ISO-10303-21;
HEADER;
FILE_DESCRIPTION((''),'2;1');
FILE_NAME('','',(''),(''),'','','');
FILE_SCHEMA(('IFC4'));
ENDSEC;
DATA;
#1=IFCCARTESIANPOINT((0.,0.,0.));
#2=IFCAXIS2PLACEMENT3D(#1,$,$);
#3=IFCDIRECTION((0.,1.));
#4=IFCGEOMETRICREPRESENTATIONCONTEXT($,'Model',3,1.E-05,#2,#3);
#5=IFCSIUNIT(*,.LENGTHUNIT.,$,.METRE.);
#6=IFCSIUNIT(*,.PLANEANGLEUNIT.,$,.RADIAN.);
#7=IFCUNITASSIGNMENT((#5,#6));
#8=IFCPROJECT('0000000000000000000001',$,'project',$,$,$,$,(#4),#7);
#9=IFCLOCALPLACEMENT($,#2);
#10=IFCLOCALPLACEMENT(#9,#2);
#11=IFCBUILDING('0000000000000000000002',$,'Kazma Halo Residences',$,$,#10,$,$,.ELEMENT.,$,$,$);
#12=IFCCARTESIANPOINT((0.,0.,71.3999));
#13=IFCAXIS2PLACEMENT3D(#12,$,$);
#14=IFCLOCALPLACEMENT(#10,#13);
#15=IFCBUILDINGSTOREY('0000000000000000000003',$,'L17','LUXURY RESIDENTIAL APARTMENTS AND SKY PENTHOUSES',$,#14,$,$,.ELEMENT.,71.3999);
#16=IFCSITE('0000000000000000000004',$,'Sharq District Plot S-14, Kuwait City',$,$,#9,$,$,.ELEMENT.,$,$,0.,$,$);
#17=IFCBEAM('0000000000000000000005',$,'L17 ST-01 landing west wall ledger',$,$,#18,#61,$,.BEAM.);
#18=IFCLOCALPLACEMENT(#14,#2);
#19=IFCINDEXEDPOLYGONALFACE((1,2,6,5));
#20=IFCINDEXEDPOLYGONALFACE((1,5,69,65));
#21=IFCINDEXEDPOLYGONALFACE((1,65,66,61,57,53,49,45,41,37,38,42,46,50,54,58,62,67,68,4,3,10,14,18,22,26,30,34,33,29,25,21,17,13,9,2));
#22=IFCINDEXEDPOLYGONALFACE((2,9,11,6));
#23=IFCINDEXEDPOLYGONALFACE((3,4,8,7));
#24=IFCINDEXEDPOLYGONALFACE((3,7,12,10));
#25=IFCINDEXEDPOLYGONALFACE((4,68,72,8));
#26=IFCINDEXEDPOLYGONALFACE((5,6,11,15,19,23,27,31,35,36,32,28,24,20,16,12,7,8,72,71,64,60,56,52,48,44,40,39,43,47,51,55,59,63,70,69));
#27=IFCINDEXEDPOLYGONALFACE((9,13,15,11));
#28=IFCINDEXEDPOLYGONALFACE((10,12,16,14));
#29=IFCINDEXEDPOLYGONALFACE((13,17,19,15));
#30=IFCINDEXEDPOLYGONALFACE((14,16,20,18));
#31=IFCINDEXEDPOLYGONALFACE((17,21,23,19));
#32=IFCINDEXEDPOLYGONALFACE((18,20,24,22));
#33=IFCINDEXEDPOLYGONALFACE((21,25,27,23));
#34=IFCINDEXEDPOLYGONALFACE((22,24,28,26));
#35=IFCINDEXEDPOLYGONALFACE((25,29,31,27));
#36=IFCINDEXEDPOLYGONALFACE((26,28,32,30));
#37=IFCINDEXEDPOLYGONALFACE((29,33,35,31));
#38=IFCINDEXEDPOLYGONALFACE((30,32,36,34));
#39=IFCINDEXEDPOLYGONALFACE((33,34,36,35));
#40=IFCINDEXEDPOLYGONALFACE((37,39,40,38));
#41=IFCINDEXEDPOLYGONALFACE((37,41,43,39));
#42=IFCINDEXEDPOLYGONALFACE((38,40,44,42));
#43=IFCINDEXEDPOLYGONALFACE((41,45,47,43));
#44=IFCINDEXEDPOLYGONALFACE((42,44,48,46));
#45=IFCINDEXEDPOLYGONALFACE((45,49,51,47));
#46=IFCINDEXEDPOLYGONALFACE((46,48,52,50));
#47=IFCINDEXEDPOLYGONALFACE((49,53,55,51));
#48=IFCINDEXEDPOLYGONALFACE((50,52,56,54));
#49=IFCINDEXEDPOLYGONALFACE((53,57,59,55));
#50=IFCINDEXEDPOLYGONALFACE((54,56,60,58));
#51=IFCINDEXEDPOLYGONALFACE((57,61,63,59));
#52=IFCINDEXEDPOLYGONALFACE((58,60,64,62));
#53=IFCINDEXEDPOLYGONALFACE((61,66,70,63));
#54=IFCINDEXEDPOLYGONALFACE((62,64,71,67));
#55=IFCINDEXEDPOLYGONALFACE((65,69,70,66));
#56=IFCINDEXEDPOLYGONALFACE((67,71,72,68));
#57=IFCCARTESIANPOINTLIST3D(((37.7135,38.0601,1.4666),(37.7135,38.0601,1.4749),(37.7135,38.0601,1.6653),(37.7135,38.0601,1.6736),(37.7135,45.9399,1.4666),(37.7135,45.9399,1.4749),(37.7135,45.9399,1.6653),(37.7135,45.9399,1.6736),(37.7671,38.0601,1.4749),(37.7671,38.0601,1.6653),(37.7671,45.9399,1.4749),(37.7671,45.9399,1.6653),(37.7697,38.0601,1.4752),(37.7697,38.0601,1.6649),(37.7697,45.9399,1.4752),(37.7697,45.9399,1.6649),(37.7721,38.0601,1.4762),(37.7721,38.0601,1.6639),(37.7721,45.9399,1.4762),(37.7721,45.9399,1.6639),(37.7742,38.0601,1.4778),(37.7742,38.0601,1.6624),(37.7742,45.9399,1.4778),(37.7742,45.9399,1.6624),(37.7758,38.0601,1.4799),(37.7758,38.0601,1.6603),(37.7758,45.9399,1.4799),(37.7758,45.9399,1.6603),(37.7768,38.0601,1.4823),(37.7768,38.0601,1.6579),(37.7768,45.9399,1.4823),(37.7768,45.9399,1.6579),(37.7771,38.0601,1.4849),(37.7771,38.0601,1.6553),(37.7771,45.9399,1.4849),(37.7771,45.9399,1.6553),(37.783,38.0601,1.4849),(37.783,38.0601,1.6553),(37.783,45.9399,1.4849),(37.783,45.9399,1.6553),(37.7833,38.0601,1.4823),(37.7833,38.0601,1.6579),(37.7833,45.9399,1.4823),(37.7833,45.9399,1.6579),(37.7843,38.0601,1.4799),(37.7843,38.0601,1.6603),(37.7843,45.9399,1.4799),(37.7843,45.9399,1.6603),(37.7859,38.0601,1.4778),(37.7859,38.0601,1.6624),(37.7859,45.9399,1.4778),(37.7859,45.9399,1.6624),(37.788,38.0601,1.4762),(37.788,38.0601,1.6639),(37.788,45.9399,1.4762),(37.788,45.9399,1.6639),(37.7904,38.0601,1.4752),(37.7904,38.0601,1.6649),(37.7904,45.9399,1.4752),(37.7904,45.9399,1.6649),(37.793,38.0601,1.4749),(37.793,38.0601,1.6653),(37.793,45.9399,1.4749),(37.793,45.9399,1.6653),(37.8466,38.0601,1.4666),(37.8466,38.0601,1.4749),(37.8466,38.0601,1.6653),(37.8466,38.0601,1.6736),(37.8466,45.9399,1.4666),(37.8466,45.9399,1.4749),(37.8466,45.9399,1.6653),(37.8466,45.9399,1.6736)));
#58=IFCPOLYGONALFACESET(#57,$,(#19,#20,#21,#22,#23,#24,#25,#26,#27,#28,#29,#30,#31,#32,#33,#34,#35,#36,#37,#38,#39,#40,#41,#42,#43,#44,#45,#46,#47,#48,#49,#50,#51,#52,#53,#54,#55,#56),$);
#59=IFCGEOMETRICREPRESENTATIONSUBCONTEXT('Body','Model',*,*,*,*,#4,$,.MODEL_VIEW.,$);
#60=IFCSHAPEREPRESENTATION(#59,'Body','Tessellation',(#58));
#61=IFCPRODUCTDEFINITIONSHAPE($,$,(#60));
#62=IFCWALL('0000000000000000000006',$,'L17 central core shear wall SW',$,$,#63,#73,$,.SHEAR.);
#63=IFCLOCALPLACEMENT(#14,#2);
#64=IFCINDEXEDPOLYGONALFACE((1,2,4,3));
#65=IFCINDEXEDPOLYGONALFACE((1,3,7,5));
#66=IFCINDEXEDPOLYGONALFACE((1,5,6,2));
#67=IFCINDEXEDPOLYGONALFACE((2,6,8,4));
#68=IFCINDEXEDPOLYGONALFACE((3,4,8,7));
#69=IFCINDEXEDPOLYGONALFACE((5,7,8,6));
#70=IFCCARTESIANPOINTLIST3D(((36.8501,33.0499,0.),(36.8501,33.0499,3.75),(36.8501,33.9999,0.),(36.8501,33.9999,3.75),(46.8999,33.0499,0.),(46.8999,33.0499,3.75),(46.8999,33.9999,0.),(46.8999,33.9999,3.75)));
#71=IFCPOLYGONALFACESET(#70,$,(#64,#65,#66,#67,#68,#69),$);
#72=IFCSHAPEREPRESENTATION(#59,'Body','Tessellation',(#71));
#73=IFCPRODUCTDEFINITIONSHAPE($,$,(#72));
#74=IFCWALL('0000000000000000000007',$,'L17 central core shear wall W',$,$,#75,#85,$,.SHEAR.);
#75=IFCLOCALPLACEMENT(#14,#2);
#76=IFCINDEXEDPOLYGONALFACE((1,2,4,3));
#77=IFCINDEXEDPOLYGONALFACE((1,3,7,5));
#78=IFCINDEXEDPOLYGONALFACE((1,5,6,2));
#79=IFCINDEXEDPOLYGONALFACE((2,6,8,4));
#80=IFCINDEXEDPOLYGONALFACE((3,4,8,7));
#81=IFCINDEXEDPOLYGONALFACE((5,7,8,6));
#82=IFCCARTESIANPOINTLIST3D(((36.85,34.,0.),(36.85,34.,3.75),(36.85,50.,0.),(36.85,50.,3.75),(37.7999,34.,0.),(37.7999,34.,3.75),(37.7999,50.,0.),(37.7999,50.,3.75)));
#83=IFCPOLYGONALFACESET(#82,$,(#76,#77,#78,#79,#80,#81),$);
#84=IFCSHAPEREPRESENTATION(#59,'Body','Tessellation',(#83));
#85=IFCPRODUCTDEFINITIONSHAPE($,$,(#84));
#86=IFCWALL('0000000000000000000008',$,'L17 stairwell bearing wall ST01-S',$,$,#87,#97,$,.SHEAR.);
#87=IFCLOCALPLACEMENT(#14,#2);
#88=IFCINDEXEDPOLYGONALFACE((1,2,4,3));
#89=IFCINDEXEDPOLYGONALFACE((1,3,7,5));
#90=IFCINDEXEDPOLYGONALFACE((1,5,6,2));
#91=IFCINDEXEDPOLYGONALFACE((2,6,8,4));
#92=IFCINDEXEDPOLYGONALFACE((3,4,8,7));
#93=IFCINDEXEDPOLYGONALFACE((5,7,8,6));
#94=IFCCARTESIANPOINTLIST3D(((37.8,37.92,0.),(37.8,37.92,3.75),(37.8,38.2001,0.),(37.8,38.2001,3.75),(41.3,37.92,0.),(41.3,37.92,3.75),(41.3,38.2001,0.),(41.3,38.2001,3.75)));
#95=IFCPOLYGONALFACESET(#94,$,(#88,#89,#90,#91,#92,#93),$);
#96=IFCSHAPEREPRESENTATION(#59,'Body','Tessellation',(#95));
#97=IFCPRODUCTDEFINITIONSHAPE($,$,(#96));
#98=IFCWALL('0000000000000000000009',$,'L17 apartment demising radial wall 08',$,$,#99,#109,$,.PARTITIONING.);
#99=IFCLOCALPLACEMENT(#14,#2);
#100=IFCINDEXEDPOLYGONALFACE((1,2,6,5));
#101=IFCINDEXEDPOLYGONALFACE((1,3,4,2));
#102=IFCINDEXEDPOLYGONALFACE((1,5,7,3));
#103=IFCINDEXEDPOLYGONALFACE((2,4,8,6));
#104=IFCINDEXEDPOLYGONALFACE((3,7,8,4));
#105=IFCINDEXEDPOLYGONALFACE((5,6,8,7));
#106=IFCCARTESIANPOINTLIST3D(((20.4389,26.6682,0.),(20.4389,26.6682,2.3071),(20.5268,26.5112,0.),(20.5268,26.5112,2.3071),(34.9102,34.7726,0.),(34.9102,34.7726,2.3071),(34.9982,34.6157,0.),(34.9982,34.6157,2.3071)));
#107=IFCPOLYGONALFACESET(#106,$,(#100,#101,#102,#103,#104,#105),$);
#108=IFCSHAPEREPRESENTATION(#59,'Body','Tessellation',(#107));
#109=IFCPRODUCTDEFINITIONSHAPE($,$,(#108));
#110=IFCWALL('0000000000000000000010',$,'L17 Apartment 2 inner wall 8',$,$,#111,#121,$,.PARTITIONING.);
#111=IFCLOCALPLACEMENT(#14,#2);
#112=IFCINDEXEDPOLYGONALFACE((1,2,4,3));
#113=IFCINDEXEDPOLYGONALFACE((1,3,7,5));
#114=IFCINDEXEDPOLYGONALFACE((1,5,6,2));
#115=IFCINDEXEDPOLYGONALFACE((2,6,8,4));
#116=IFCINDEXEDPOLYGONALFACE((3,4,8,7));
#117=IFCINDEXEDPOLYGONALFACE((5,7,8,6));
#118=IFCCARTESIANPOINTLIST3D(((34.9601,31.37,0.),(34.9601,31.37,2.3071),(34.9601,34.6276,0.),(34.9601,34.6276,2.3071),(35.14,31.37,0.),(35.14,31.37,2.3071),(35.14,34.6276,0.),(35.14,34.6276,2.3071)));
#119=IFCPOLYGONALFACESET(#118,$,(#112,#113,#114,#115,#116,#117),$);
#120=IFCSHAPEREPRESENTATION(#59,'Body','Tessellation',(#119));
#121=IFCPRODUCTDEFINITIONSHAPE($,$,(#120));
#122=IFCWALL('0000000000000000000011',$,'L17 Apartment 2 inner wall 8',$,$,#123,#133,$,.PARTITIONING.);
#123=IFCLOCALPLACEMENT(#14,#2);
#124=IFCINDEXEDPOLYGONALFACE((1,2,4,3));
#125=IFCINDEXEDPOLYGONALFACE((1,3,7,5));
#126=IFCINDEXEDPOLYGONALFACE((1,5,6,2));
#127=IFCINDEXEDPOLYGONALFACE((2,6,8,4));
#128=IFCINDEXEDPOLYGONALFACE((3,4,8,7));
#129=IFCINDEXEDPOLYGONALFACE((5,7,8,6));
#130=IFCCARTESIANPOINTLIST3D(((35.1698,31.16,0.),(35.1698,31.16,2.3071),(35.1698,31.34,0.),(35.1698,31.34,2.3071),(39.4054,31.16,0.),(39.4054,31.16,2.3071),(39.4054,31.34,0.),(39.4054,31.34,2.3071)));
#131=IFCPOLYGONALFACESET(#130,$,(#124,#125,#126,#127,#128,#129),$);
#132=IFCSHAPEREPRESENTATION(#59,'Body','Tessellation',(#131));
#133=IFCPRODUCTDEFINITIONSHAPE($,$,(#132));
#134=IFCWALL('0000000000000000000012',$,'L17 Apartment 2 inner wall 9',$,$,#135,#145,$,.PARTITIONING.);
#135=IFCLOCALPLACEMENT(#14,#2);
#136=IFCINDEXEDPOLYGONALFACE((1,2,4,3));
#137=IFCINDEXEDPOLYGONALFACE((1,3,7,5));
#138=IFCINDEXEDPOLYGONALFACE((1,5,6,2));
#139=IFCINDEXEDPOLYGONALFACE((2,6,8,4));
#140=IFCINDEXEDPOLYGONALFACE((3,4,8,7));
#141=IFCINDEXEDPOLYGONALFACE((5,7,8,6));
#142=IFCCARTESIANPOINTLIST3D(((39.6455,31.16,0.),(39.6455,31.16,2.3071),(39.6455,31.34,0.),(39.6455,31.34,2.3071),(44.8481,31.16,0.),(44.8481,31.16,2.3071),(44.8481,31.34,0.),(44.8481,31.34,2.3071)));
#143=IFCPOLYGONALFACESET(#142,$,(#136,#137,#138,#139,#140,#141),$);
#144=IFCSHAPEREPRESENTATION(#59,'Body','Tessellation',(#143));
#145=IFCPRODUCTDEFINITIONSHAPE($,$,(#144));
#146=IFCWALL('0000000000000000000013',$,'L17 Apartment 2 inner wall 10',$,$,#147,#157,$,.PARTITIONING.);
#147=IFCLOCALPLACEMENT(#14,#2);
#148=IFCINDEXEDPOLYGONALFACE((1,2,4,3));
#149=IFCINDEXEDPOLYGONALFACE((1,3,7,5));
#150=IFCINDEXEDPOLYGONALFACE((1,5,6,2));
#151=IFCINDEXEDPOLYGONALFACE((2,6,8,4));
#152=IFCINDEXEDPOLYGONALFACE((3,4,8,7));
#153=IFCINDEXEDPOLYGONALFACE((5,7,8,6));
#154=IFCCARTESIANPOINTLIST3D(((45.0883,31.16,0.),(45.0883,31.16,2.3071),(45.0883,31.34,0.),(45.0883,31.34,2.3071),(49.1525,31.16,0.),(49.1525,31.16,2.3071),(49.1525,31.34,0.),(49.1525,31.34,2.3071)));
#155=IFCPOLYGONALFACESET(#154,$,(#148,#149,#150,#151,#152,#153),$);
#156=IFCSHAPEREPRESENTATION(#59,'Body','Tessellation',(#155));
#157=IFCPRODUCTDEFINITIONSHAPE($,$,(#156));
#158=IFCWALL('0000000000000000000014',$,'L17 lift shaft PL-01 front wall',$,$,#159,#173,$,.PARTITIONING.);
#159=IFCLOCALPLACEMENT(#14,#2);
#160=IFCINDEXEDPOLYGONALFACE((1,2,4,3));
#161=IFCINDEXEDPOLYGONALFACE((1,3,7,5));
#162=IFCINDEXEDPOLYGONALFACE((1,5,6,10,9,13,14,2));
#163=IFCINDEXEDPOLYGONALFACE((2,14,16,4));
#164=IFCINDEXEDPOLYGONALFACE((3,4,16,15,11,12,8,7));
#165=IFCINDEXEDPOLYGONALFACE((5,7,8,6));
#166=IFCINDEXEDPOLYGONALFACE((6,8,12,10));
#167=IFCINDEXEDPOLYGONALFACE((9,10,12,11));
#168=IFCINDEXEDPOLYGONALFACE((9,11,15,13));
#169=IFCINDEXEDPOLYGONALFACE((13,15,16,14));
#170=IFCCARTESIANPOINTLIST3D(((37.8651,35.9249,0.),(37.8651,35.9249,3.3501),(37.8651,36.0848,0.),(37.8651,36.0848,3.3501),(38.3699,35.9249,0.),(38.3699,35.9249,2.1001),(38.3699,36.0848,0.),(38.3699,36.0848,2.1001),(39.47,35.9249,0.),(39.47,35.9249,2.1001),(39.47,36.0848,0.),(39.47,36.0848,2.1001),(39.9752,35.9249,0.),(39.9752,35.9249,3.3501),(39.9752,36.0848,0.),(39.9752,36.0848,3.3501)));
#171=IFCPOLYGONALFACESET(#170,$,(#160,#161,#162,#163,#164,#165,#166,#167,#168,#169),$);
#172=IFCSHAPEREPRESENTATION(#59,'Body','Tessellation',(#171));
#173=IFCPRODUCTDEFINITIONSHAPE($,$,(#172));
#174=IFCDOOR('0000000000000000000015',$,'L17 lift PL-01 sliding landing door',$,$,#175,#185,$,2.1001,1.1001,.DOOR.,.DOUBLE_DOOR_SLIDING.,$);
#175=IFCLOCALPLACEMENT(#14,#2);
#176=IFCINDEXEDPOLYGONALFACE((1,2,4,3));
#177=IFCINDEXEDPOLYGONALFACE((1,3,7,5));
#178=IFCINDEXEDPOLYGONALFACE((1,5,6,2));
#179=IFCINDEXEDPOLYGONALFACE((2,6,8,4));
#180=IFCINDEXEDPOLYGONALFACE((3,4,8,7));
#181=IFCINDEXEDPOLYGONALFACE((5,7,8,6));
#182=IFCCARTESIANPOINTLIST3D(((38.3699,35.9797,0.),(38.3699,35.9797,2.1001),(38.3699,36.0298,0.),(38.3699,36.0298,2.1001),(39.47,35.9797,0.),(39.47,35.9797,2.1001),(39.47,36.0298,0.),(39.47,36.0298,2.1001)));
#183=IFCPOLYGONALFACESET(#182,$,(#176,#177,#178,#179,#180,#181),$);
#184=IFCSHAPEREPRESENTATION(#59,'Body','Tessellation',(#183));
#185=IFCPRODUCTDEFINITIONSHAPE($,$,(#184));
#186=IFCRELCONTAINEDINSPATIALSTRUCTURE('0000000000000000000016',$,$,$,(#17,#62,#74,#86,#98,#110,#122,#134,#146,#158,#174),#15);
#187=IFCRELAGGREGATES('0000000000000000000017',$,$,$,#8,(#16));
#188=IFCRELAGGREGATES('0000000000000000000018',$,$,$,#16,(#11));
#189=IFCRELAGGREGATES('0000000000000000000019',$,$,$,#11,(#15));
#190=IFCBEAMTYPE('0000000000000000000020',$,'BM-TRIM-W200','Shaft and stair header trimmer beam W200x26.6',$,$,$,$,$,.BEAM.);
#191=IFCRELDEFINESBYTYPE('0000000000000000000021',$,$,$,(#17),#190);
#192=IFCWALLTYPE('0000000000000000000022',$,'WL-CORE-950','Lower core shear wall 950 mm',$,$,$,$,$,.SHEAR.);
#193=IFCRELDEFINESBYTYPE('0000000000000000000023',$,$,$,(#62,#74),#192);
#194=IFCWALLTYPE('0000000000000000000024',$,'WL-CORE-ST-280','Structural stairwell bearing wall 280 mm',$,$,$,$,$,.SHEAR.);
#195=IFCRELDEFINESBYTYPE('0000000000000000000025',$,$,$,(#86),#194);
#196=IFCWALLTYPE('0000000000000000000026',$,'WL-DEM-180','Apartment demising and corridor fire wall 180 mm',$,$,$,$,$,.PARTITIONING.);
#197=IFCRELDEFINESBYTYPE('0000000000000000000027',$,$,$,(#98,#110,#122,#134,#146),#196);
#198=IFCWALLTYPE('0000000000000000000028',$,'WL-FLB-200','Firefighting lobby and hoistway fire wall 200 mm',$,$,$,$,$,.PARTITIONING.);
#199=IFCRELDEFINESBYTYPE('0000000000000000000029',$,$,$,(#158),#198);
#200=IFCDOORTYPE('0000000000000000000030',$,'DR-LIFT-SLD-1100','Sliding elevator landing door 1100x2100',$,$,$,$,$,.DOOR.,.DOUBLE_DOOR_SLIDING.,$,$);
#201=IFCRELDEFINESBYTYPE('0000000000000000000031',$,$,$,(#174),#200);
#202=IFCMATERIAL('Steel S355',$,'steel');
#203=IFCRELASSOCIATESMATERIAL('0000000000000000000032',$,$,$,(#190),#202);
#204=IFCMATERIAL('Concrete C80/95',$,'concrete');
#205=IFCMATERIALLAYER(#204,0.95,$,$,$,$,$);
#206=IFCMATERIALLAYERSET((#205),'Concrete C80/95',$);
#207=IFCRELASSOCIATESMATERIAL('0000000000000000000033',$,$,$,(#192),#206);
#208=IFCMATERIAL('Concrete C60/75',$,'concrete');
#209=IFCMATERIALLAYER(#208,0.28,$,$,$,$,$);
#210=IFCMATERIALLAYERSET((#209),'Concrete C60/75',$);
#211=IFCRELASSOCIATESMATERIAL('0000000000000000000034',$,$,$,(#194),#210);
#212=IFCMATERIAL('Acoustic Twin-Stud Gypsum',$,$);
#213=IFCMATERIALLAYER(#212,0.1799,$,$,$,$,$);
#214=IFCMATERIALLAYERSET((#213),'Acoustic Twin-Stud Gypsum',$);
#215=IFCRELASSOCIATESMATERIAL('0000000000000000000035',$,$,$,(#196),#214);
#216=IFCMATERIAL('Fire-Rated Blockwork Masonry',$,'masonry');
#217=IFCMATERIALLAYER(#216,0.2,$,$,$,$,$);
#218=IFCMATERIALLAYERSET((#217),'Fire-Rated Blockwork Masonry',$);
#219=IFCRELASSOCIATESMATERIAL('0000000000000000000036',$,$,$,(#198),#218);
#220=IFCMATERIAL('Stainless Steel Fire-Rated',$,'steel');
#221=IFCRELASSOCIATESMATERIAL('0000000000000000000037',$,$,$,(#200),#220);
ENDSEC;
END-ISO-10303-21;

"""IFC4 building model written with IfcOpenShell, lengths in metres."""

from ifc_helpers import new_model, si_unit, direction, frame, frame_2d, origin, origin_2d, place, context, subcontext, project, spatial, rectangle, i_section, extrude, material, layer, layer_set, material_profile, profile_set, type_object, element, fill, save


model = new_model("IFC4")

# Units and contexts
model_context = context("Model", 3, precision=1e-05, world=origin(), true_north=direction((0.0, 1.0)))
body_context = subcontext(model_context, "Body", "Model", "MODEL_VIEW")
ifc_project = project(units=[si_unit("LENGTHUNIT", "METRE"), si_unit("PLANEANGLEUNIT", "RADIAN")], contexts=[model_context])

# Site, building, storey
site_placement = place(None, origin())
site = spatial("IfcSite", under=ifc_project, at=site_placement, Name="Sharq District Plot S-14, Kuwait City", CompositionType="ELEMENT", RefElevation=0.0)
building_placement = place(site_placement, origin())
building = spatial("IfcBuilding", under=site, at=building_placement, Name="Kazma Halo Residences", CompositionType="ELEMENT")
storey_placement = place(building_placement, frame((0.0, 0.0, 71.3999)))
storey = spatial("IfcBuildingStorey", under=building, at=storey_placement, Name="L17", Description="LUXURY RESIDENTIAL APARTMENTS AND SKY PENTHOUSES", CompositionType="ELEMENT", Elevation=71.3999)

# Beam
ifc_material_1 = material(Name="Steel S355", Category="steel")
ifc_material_profile_1 = material_profile(ifc_material_1, i_section(OverallWidth=0.1331, OverallDepth=0.207, WebThickness=0.0059, FlangeThickness=0.0083, FilletRadius=0.01, at=origin_2d()), Name="W200x26.6")
ifc_profile_set_1 = profile_set([ifc_material_profile_1], Name="Steel S355")
beam_type_1 = type_object("IfcBeamType", Name="BM-TRIM-W200", Description="Shaft and stair header trimmer beam W200x26.6", PredefinedType="BEAM", material=ifc_profile_set_1)
beam_1_placement = place(storey_placement, frame((37.78, 38.0601, 1.5701), z_axis=(0.0, 1.0, 0.0), x_axis=(-1.0, 0.0, 0.0)))
element("IfcBeam", 1, at=beam_1_placement, inside=storey, type_object=beam_type_1, Name="L17 ST-01 landing west wall ledger", PredefinedType="BEAM", context=body_context, shape_type="SweptSolid", body=[
    extrude(i_section(OverallWidth=0.1331, OverallDepth=0.207, WebThickness=0.0059, FlangeThickness=0.0083, FilletRadius=0.01, at=origin_2d()), origin(), (0.0, 0.0, 1.0), 7.8799),
])

# Walls
ifc_material_2 = material(Name="Concrete C80/95", Category="concrete")
ifc_layer_1 = layer(ifc_material_2, 0.95)
ifc_layer_set_1 = layer_set([ifc_layer_1], Name="Concrete C80/95")
wall_type_1 = type_object("IfcWallType", Name="WL-CORE-950", Description="Lower core shear wall 950 mm", PredefinedType="SHEAR", material=ifc_layer_set_1)
wall_1_placement = place(storey_placement, frame((36.8501, 33.5249, 0.0), z_axis=(0.0, 0.0, 1.0), x_axis=(1.0, 0.0, 0.0)))
element("IfcWall", 2, at=wall_1_placement, inside=storey, type_object=wall_type_1, Name="L17 central core shear wall SW", PredefinedType="SHEAR", context=body_context, shape_type="SweptSolid", body=[
    extrude(rectangle(XDim=10.0498, YDim=0.95, at=frame_2d((5.0249, 0.0))), origin(), (0.0, 0.0, 1.0), 3.75),
])
wall_2_placement = place(storey_placement, frame((37.325, 34.0, 0.0), z_axis=(0.0, 0.0, 1.0), x_axis=(0.0, 1.0, 0.0)))
element("IfcWall", 3, at=wall_2_placement, inside=storey, type_object=wall_type_1, Name="L17 central core shear wall W", PredefinedType="SHEAR", context=body_context, shape_type="SweptSolid", body=[
    extrude(rectangle(XDim=16.0, YDim=0.95, at=frame_2d((8.0, 0.0))), origin(), (0.0, 0.0, 1.0), 3.75),
])
ifc_material_3 = material(Name="Concrete C60/75", Category="concrete")
ifc_layer_2 = layer(ifc_material_3, 0.28)
ifc_layer_set_2 = layer_set([ifc_layer_2], Name="Concrete C60/75")
wall_type_2 = type_object("IfcWallType", Name="WL-CORE-ST-280", Description="Structural stairwell bearing wall 280 mm", PredefinedType="SHEAR", material=ifc_layer_set_2)
wall_3_placement = place(storey_placement, frame((37.8, 38.0601, 0.0), z_axis=(0.0, 0.0, 1.0), x_axis=(1.0, 0.0, 0.0)))
element("IfcWall", 4, at=wall_3_placement, inside=storey, type_object=wall_type_2, Name="L17 stairwell bearing wall ST01-S", PredefinedType="SHEAR", context=body_context, shape_type="SweptSolid", body=[
    extrude(rectangle(XDim=3.5, YDim=0.28, at=frame_2d((1.75, 0.0))), origin(), (0.0, 0.0, 1.0), 3.75),
])
ifc_material_4 = material(Name="Acoustic Twin-Stud Gypsum")
ifc_layer_3 = layer(ifc_material_4, 0.1799)
ifc_layer_set_3 = layer_set([ifc_layer_3], Name="Acoustic Twin-Stud Gypsum")
wall_type_3 = type_object("IfcWallType", Name="WL-DEM-180", Description="Apartment demising and corridor fire wall 180 mm", PredefinedType="PARTITIONING", material=ifc_layer_set_3)
wall_4_placement = place(storey_placement, frame((34.9541, 34.6941, 0.0), z_axis=(0.0, 0.0, 1.0), x_axis=(-0.872493, -0.488626, 0.0)))
element("IfcWall", 5, at=wall_4_placement, inside=storey, type_object=wall_type_3, Name="L17 apartment demising radial wall 08", PredefinedType="PARTITIONING", context=body_context, shape_type="SweptSolid", body=[
    extrude(rectangle(XDim=16.5862, YDim=0.1799, at=frame_2d((8.293, 0.0))), origin(), (0.0, 0.0, 1.0), 2.3071),
])
wall_5_placement = place(storey_placement, frame((35.05, 34.6277, 0.0), z_axis=(0.0, 0.0, 1.0), x_axis=(0.0, -1.0, 0.0)))
element("IfcWall", 6, at=wall_5_placement, inside=storey, type_object=wall_type_3, Name="L17 Apartment 2 inner wall 8", PredefinedType="PARTITIONING", context=body_context, shape_type="SweptSolid", body=[
    extrude(rectangle(XDim=3.2576, YDim=0.1799, at=frame_2d((1.6289, 0.0))), origin(), (0.0, 0.0, 1.0), 2.3071),
])
wall_6_placement = place(storey_placement, frame((35.1699, 31.25, 0.0), z_axis=(0.0, 0.0, 1.0), x_axis=(1.0, 0.0, 0.0)))
element("IfcWall", 7, at=wall_6_placement, inside=storey, type_object=wall_type_3, Name="L17 Apartment 2 inner wall 8", PredefinedType="PARTITIONING", context=body_context, shape_type="SweptSolid", body=[
    extrude(rectangle(XDim=4.2356, YDim=0.1799, at=frame_2d((2.1177, 0.0))), origin(), (0.0, 0.0, 1.0), 2.3071),
])
wall_7_placement = place(storey_placement, frame((39.6455, 31.25, 0.0), z_axis=(0.0, 0.0, 1.0), x_axis=(1.0, 0.0, 0.0)))
element("IfcWall", 8, at=wall_7_placement, inside=storey, type_object=wall_type_3, Name="L17 Apartment 2 inner wall 9", PredefinedType="PARTITIONING", context=body_context, shape_type="SweptSolid", body=[
    extrude(rectangle(XDim=5.2026, YDim=0.1799, at=frame_2d((2.6013, 0.0))), origin(), (0.0, 0.0, 1.0), 2.3071),
])
wall_8_placement = place(storey_placement, frame((45.0881, 31.25, 0.0), z_axis=(0.0, 0.0, 1.0), x_axis=(1.0, 0.0, 0.0)))
element("IfcWall", 9, at=wall_8_placement, inside=storey, type_object=wall_type_3, Name="L17 Apartment 2 inner wall 10", PredefinedType="PARTITIONING", context=body_context, shape_type="SweptSolid", body=[
    extrude(rectangle(XDim=4.0642, YDim=0.1799, at=frame_2d((2.0322, 0.0))), origin(), (0.0, 0.0, 1.0), 2.3071),
])

# Wall, opening, door
ifc_material_5 = material(Name="Fire-Rated Blockwork Masonry", Category="masonry")
ifc_layer_4 = layer(ifc_material_5, 0.2)
ifc_layer_set_4 = layer_set([ifc_layer_4], Name="Fire-Rated Blockwork Masonry")
wall_type_4 = type_object("IfcWallType", Name="WL-FLB-200", Description="Firefighting lobby and hoistway fire wall 200 mm", PredefinedType="PARTITIONING", material=ifc_layer_set_4)
wall_9_placement = place(storey_placement, frame((37.865, 36.0049, 0.0), z_axis=(0.0, 0.0, 1.0), x_axis=(1.0, 0.0, 0.0)))
wall_9 = element("IfcWall", 10, at=wall_9_placement, inside=storey, type_object=wall_type_4, Name="L17 lift shaft PL-01 front wall", PredefinedType="PARTITIONING", context=body_context, shape_type="SweptSolid", body=[
    extrude(rectangle(XDim=2.1101, YDim=0.1599, at=frame_2d((1.0552, 0.0))), origin(), (0.0, 0.0, 1.0), 3.3501),
])
opening_1_placement = place(wall_9_placement, frame((0.5049, 0.0, 0.0)))
opening_1 = element("IfcOpeningElement", 11, at=opening_1_placement, cuts=wall_9, PredefinedType="OPENING", context=body_context, shape_type="SweptSolid", body=[
    extrude(rectangle(XDim=1.1001, YDim=2.1001, at=frame_2d((0.55, 1.05))), frame((0.0, 0.0898, 0.0), z_axis=(0.0, -1.0, 0.0), x_axis=(1.0, 0.0, 0.0)), (0.0, 0.0, 1.0), 0.1799),
])
ifc_material_6 = material(Name="Stainless Steel Fire-Rated", Category="steel")
door_type_1 = type_object("IfcDoorType", Name="DR-LIFT-SLD-1100", Description="Sliding elevator landing door 1100x2100", OperationType="DOUBLE_DOOR_SLIDING", PredefinedType="DOOR", material=ifc_material_6)
door_1_placement = place(opening_1_placement, origin())
door_1 = element("IfcDoor", 12, at=door_1_placement, inside=storey, type_object=door_type_1, Name="L17 lift PL-01 sliding landing door", OperationType="DOUBLE_DOOR_SLIDING", OverallHeight=2.1001, OverallWidth=1.1001, PredefinedType="DOOR", context=body_context, shape_type="SweptSolid", body=[
    extrude(rectangle(XDim=1.1001, YDim=2.1001, at=frame_2d((0.55, 1.05))), frame((0.0, 0.0249, 0.0), z_axis=(0.0, -1.0, 0.0), x_axis=(1.0, 0.0, 0.0)), (0.0, 0.0, 1.0), 0.05),
])
fill(opening_1, door_1)

save(model, "model.ifc")
